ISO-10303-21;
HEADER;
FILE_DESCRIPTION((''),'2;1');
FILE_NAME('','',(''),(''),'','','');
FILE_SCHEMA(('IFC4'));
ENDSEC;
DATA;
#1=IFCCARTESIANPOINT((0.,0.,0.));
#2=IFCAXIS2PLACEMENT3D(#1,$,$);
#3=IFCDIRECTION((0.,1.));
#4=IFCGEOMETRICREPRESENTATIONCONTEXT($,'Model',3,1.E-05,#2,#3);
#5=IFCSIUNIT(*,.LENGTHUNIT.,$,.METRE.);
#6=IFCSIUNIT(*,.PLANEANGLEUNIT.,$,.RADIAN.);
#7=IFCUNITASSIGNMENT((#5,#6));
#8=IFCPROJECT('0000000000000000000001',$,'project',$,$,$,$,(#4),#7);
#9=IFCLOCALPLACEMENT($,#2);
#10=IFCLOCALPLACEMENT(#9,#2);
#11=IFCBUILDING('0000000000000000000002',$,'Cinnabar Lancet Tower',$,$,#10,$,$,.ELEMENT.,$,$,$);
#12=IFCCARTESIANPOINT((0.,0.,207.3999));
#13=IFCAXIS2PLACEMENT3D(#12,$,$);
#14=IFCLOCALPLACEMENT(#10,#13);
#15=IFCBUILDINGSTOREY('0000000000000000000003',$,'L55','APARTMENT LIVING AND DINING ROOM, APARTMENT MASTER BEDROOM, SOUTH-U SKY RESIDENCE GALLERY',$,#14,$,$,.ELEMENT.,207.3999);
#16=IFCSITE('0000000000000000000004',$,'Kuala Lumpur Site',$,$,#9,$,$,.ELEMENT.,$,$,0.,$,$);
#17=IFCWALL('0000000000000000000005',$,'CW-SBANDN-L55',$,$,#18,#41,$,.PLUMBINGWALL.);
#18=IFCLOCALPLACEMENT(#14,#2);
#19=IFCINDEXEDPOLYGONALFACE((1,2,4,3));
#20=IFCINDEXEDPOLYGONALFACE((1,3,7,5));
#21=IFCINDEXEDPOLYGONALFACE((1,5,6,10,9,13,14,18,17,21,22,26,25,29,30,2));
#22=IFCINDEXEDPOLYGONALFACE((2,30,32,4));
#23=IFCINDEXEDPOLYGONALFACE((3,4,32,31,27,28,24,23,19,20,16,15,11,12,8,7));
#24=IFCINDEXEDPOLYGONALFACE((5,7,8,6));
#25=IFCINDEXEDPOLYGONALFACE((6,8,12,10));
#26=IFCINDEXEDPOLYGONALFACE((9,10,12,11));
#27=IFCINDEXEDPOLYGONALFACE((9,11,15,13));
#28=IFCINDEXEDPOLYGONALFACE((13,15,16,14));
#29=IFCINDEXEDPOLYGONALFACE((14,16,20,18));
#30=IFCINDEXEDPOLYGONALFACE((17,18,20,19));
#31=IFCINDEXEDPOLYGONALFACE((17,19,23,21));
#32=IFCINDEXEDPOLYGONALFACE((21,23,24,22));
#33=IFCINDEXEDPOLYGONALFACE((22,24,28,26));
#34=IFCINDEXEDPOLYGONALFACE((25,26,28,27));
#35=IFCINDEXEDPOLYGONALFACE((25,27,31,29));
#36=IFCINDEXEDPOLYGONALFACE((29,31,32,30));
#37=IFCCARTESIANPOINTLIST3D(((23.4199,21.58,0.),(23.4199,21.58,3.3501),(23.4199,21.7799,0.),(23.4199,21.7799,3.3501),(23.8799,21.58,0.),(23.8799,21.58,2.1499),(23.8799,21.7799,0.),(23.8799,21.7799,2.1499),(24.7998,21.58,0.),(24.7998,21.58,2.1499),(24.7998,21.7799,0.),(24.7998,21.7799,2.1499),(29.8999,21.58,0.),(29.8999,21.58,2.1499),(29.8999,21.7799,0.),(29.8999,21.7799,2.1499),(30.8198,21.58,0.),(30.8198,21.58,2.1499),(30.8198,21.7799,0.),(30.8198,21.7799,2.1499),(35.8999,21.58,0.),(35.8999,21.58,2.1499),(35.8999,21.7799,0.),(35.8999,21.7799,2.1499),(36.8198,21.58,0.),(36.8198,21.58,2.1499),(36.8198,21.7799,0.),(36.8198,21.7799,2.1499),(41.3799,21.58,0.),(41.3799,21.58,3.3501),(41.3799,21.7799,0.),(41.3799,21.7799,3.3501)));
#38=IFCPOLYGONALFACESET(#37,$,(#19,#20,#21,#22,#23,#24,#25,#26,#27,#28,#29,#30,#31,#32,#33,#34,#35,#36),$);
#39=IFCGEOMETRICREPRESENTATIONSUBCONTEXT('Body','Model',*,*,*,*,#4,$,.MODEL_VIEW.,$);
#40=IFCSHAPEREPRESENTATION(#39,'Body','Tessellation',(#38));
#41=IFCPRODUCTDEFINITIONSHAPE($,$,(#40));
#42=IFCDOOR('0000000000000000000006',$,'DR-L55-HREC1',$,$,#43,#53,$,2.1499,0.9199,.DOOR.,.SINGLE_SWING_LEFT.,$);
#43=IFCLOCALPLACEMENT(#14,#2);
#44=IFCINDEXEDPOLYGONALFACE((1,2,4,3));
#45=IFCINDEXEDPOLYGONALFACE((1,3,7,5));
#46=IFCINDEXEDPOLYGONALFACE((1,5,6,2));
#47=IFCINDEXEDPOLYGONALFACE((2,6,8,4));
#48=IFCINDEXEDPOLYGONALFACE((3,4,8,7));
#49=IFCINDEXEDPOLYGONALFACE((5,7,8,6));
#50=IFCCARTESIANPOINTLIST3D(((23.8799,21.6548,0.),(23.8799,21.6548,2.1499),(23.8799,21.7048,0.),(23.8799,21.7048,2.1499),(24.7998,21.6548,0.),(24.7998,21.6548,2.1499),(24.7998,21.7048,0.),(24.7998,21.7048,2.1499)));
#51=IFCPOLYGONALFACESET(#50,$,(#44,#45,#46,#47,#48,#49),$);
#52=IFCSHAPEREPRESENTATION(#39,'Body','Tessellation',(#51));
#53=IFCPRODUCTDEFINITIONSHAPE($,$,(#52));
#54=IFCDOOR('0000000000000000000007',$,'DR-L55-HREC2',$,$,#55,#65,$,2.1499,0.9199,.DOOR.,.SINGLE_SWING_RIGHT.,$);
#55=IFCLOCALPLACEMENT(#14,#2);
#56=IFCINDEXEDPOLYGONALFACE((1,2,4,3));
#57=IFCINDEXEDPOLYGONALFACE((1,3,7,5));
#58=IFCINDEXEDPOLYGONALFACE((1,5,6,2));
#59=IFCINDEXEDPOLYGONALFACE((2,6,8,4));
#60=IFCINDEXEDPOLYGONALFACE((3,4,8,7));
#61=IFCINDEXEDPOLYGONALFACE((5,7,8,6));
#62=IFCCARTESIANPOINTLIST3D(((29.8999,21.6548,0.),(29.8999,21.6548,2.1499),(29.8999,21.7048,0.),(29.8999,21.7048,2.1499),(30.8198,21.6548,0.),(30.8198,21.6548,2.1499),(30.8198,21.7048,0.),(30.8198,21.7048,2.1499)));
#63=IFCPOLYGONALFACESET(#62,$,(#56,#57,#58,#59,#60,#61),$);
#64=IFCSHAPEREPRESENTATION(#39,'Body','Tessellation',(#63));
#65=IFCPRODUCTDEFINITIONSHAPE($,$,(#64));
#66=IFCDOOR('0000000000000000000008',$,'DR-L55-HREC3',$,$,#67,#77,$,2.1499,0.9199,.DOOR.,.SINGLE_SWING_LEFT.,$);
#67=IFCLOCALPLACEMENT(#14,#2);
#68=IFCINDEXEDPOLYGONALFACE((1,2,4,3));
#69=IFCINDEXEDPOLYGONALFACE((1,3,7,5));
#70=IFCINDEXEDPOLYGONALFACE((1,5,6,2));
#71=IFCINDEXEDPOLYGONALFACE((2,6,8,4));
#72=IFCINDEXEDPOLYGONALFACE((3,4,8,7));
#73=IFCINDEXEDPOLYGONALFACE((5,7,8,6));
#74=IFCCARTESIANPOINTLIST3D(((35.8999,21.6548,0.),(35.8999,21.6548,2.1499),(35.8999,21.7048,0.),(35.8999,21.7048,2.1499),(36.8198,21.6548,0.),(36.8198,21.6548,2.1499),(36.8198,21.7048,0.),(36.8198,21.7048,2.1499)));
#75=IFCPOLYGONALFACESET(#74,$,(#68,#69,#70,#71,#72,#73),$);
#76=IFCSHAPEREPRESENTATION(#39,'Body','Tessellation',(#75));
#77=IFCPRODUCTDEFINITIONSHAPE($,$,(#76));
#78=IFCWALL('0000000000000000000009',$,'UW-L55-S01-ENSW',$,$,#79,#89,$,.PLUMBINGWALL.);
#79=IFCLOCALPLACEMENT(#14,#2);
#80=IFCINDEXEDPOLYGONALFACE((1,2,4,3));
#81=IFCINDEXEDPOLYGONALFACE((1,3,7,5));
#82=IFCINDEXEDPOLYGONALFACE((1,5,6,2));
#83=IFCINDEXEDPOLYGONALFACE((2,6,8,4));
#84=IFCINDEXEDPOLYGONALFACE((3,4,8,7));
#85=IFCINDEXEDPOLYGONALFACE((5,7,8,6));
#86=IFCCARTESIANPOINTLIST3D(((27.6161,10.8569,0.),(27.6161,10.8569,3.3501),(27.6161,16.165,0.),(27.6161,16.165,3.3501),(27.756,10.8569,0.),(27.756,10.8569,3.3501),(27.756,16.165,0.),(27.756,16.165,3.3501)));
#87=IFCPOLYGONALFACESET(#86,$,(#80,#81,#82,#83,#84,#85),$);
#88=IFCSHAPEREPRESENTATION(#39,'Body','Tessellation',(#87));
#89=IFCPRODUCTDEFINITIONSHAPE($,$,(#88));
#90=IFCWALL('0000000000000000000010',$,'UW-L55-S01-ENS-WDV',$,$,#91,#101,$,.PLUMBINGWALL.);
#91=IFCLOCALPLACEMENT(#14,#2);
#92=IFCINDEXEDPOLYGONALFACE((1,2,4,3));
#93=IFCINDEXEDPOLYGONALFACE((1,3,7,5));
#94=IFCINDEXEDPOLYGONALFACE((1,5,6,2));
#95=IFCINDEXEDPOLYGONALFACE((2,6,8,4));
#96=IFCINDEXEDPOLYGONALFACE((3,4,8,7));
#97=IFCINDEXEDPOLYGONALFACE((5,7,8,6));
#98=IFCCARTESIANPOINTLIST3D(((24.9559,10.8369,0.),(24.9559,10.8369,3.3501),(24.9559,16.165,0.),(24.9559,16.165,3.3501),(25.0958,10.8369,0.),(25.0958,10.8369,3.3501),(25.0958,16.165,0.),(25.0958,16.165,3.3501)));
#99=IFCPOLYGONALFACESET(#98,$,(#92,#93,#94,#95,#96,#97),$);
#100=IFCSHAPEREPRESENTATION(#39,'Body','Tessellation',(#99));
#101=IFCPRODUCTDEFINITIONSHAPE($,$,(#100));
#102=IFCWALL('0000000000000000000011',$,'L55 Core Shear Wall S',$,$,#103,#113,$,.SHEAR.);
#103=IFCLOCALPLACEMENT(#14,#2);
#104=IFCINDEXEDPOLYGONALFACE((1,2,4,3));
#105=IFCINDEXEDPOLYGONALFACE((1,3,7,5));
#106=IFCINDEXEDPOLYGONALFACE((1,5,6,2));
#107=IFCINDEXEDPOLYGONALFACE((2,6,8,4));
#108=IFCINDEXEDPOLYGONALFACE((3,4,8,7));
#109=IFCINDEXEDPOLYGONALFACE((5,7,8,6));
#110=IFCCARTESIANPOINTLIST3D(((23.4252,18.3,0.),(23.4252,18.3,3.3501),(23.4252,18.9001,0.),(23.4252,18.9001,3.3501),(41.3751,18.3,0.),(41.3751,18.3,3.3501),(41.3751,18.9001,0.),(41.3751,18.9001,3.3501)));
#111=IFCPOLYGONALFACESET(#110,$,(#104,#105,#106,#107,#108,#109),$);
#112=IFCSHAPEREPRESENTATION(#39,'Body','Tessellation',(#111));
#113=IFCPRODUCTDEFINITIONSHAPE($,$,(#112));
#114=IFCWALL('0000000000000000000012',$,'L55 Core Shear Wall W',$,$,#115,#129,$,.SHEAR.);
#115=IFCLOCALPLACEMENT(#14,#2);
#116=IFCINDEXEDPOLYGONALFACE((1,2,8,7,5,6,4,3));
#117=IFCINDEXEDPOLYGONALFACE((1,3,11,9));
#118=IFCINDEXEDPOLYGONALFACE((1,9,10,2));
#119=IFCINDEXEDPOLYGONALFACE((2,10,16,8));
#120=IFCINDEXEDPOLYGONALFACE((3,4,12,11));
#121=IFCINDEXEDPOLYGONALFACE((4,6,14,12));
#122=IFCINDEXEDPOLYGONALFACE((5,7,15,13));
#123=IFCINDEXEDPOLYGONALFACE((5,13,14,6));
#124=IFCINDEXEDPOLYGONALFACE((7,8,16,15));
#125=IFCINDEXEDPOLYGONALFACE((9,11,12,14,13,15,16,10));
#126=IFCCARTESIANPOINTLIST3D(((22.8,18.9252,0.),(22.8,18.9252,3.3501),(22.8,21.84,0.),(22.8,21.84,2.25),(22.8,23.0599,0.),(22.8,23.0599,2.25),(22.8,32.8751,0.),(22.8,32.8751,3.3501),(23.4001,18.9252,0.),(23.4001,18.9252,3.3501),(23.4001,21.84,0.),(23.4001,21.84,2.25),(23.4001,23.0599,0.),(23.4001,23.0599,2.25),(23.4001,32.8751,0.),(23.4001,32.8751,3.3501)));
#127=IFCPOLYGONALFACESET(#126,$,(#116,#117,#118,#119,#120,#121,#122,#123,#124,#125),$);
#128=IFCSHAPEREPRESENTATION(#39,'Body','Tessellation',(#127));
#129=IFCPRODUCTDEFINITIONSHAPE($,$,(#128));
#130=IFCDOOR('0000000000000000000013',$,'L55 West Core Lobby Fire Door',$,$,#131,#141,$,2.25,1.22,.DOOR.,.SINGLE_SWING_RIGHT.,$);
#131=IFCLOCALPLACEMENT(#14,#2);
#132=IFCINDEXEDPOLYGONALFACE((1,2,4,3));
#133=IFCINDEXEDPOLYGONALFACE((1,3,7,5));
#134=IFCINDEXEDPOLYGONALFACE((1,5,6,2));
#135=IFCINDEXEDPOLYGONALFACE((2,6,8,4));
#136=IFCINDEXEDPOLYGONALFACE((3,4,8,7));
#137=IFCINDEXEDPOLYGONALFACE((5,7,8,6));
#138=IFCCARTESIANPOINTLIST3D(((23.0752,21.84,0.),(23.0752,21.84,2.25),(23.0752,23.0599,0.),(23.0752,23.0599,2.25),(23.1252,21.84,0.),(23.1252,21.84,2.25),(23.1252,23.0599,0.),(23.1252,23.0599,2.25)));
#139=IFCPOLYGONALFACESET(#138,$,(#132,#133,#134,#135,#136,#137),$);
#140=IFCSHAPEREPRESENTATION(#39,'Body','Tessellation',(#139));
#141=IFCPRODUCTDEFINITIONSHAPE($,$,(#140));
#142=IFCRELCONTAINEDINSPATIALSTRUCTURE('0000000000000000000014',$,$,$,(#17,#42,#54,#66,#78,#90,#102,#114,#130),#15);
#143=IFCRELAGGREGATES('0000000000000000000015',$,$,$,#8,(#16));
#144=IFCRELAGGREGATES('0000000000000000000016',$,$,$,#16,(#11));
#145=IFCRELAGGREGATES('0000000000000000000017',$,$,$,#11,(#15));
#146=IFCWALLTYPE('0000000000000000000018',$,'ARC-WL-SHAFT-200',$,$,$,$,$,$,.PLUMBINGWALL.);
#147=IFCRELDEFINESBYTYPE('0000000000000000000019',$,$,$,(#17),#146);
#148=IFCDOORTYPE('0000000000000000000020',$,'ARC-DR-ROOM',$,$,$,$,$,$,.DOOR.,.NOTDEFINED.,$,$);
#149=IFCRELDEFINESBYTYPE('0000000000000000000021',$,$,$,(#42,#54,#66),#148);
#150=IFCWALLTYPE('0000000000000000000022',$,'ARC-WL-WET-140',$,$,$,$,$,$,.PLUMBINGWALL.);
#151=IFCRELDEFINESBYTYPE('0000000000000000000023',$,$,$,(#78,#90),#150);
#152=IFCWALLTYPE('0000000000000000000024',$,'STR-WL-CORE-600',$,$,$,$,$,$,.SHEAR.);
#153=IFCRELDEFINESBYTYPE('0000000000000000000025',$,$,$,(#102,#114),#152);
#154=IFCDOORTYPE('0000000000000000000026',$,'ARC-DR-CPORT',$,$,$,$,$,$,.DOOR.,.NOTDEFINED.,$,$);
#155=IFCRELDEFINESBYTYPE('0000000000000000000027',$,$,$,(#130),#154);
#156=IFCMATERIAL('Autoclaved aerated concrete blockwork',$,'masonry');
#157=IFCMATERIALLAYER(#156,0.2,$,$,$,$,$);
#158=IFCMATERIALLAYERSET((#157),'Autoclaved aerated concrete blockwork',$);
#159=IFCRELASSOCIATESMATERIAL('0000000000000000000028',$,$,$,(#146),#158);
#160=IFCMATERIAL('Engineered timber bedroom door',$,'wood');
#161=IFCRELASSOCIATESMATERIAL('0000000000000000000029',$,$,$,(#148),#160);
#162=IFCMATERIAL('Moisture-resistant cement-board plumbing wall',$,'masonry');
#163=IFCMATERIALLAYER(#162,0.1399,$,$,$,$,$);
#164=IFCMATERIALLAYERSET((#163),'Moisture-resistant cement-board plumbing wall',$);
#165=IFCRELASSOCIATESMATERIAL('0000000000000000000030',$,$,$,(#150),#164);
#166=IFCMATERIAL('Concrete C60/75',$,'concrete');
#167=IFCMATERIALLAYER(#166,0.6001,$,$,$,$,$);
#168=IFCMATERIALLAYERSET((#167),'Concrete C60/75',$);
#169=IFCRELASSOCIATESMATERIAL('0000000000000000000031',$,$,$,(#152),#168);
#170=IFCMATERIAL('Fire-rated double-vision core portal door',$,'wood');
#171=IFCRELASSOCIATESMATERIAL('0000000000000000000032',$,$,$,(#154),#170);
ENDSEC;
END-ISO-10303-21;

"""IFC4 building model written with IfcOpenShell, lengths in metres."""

from ifc_helpers import new_model, si_unit, direction, frame, frame_2d, origin, place, context, subcontext, project, spatial, rectangle, extrude, material, layer, layer_set, type_object, element, fill, save


model = new_model("IFC4")

# Units and contexts
model_context = context("Model", 3, precision=1e-05, world=origin(), true_north=direction((0.0, 1.0)))
body_context = subcontext(model_context, "Body", "Model", "MODEL_VIEW")
ifc_project = project(units=[si_unit("LENGTHUNIT", "METRE"), si_unit("PLANEANGLEUNIT", "RADIAN")], contexts=[model_context])

# Site, building, storey
site_placement = place(None, origin())
site = spatial("IfcSite", under=ifc_project, at=site_placement, Name="Kuala Lumpur Site", CompositionType="ELEMENT", RefElevation=0.0)
building_placement = place(site_placement, origin())
building = spatial("IfcBuilding", under=site, at=building_placement, Name="Cinnabar Lancet Tower", CompositionType="ELEMENT")
storey_placement = place(building_placement, frame((0.0, 0.0, 207.3999)))
storey = spatial("IfcBuildingStorey", under=building, at=storey_placement, Name="L55", Description="APARTMENT LIVING AND DINING ROOM, APARTMENT MASTER BEDROOM, SOUTH-U SKY RESIDENCE GALLERY", CompositionType="ELEMENT", Elevation=207.3999)

# Shared definitions
ifc_material_1 = material(Name="Autoclaved aerated concrete blockwork", Category="masonry")
ifc_layer_1 = layer(ifc_material_1, 0.2)
ifc_layer_set_1 = layer_set([ifc_layer_1], Name="Autoclaved aerated concrete blockwork")
wall_type_1 = type_object("IfcWallType", Name="ARC-WL-SHAFT-200", PredefinedType="PLUMBINGWALL", material=ifc_layer_set_1)

# Wall, openings, doors
wall_1_placement = place(storey_placement, frame((23.4199, 21.6799, 0.0), z_axis=(0.0, 0.0, 1.0), x_axis=(1.0, 0.0, 0.0)))
wall_1 = element("IfcWall", 1, at=wall_1_placement, inside=storey, type_object=wall_type_1, Name="CW-SBANDN-L55", PredefinedType="PLUMBINGWALL", context=body_context, shape_type="SweptSolid", body=[
    extrude(rectangle(XDim=17.96, YDim=0.2, at=frame_2d((8.98, 0.0))), origin(), (0.0, 0.0, 1.0), 3.3501),
])
opening_1_placement = place(wall_1_placement, frame((0.46, 0.0, 0.0)))
opening_1 = element("IfcOpeningElement", 2, at=opening_1_placement, cuts=wall_1, PredefinedType="OPENING", context=body_context, shape_type="SweptSolid", body=[
    extrude(rectangle(XDim=0.9199, YDim=2.1499, at=frame_2d((0.46, 1.075))), frame((0.0, 0.1099, 0.0), z_axis=(0.0, -1.0, 0.0), x_axis=(1.0, 0.0, 0.0)), (0.0, 0.0, 1.0), 0.22),
])
opening_2_placement = place(wall_1_placement, frame((6.48, 0.0, 0.0)))
opening_2 = element("IfcOpeningElement", 3, at=opening_2_placement, cuts=wall_1, PredefinedType="OPENING", context=body_context, shape_type="SweptSolid", body=[
    extrude(rectangle(XDim=0.9199, YDim=2.1499, at=frame_2d((0.46, 1.075))), frame((0.0, 0.1099, 0.0), z_axis=(0.0, -1.0, 0.0), x_axis=(1.0, 0.0, 0.0)), (0.0, 0.0, 1.0), 0.22),
])
opening_3_placement = place(wall_1_placement, frame((12.48, 0.0, 0.0)))
opening_3 = element("IfcOpeningElement", 4, at=opening_3_placement, cuts=wall_1, PredefinedType="OPENING", context=body_context, shape_type="SweptSolid", body=[
    extrude(rectangle(XDim=0.9199, YDim=2.1499, at=frame_2d((0.46, 1.075))), frame((0.0, 0.1099, 0.0), z_axis=(0.0, -1.0, 0.0), x_axis=(1.0, 0.0, 0.0)), (0.0, 0.0, 1.0), 0.22),
])
ifc_material_2 = material(Name="Engineered timber bedroom door", Category="wood")
door_type_1 = type_object("IfcDoorType", Name="ARC-DR-ROOM", OperationType="NOTDEFINED", PredefinedType="DOOR", material=ifc_material_2)
door_1_placement = place(opening_1_placement, origin())
door_1 = element("IfcDoor", 5, at=door_1_placement, inside=storey, type_object=door_type_1, Name="DR-L55-HREC1", OperationType="SINGLE_SWING_LEFT", OverallHeight=2.1499, OverallWidth=0.9199, PredefinedType="DOOR", context=body_context, shape_type="SweptSolid", body=[
    extrude(rectangle(XDim=0.9199, YDim=2.1499, at=frame_2d((0.46, 1.075))), frame((0.0, 0.0249, 0.0), z_axis=(0.0, -1.0, 0.0), x_axis=(1.0, 0.0, 0.0)), (0.0, 0.0, 1.0), 0.05),
])
fill(opening_1, door_1)
door_2_placement = place(opening_2_placement, origin())
door_2 = element("IfcDoor", 6, at=door_2_placement, inside=storey, type_object=door_type_1, Name="DR-L55-HREC2", OperationType="SINGLE_SWING_RIGHT", OverallHeight=2.1499, OverallWidth=0.9199, PredefinedType="DOOR", context=body_context, shape_type="SweptSolid", body=[
    extrude(rectangle(XDim=0.9199, YDim=2.1499, at=frame_2d((0.46, 1.075))), frame((0.0, 0.0249, 0.0), z_axis=(0.0, -1.0, 0.0), x_axis=(1.0, 0.0, 0.0)), (0.0, 0.0, 1.0), 0.05),
])
fill(opening_2, door_2)
door_3_placement = place(opening_3_placement, origin())
door_3 = element("IfcDoor", 7, at=door_3_placement, inside=storey, type_object=door_type_1, Name="DR-L55-HREC3", OperationType="SINGLE_SWING_LEFT", OverallHeight=2.1499, OverallWidth=0.9199, PredefinedType="DOOR", context=body_context, shape_type="SweptSolid", body=[
    extrude(rectangle(XDim=0.9199, YDim=2.1499, at=frame_2d((0.46, 1.075))), frame((0.0, 0.0249, 0.0), z_axis=(0.0, -1.0, 0.0), x_axis=(1.0, 0.0, 0.0)), (0.0, 0.0, 1.0), 0.05),
])
fill(opening_3, door_3)

# Walls
ifc_material_3 = material(Name="Moisture-resistant cement-board plumbing wall", Category="masonry")
ifc_layer_2 = layer(ifc_material_3, 0.1399)
ifc_layer_set_2 = layer_set([ifc_layer_2], Name="Moisture-resistant cement-board plumbing wall")
wall_type_2 = type_object("IfcWallType", Name="ARC-WL-WET-140", PredefinedType="PLUMBINGWALL", material=ifc_layer_set_2)
wall_2_placement = place(storey_placement, frame((27.686, 10.8569, 0.0), z_axis=(0.0, 0.0, 1.0), x_axis=(0.0, 1.0, 0.0)))
element("IfcWall", 8, at=wall_2_placement, inside=storey, type_object=wall_type_2, Name="UW-L55-S01-ENSW", PredefinedType="PLUMBINGWALL", context=body_context, shape_type="SweptSolid", body=[
    extrude(rectangle(XDim=5.3081, YDim=0.1399, at=frame_2d((2.6541, 0.0))), origin(), (0.0, 0.0, 1.0), 3.3501),
])
wall_3_placement = place(storey_placement, frame((25.0259, 10.8369, 0.0), z_axis=(0.0, 0.0, 1.0), x_axis=(0.0, 1.0, 0.0)))
element("IfcWall", 9, at=wall_3_placement, inside=storey, type_object=wall_type_2, Name="UW-L55-S01-ENS-WDV", PredefinedType="PLUMBINGWALL", context=body_context, shape_type="SweptSolid", body=[
    extrude(rectangle(XDim=5.3281, YDim=0.1399, at=frame_2d((2.6641, 0.0))), origin(), (0.0, 0.0, 1.0), 3.3501),
])
ifc_material_4 = material(Name="Concrete C60/75", Category="concrete")
ifc_layer_3 = layer(ifc_material_4, 0.6001)
ifc_layer_set_3 = layer_set([ifc_layer_3], Name="Concrete C60/75")
wall_type_3 = type_object("IfcWallType", Name="STR-WL-CORE-600", PredefinedType="SHEAR", material=ifc_layer_set_3)
wall_4_placement = place(storey_placement, frame((23.425, 18.6001, 0.0), z_axis=(0.0, 0.0, 1.0), x_axis=(1.0, 0.0, 0.0)))
element("IfcWall", 10, at=wall_4_placement, inside=storey, type_object=wall_type_3, Name="L55 Core Shear Wall S", PredefinedType="SHEAR", context=body_context, shape_type="SweptSolid", body=[
    extrude(rectangle(XDim=17.95, YDim=0.6001, at=frame_2d((8.9751, 0.0))), origin(), (0.0, 0.0, 1.0), 3.3501),
])

# Wall, opening, door
wall_5_placement = place(storey_placement, frame((23.1001, 18.925, 0.0), z_axis=(0.0, 0.0, 1.0), x_axis=(0.0, 1.0, 0.0)))
wall_5 = element("IfcWall", 11, at=wall_5_placement, inside=storey, type_object=wall_type_3, Name="L55 Core Shear Wall W", PredefinedType="SHEAR", context=body_context, shape_type="SweptSolid", body=[
    extrude(rectangle(XDim=13.95, YDim=0.6001, at=frame_2d((6.9751, 0.0))), origin(), (0.0, 0.0, 1.0), 3.3501),
])
opening_4_placement = place(wall_5_placement, frame((2.915, 0.0, 0.0)))
opening_4 = element("IfcOpeningElement", 12, at=opening_4_placement, cuts=wall_5, PredefinedType="OPENING", context=body_context, shape_type="SweptSolid", body=[
    extrude(rectangle(XDim=1.22, YDim=2.25, at=frame_2d((0.6099, 1.125))), frame((0.0, 0.3101, 0.0), z_axis=(0.0, -1.0, 0.0), x_axis=(1.0, 0.0, 0.0)), (0.0, 0.0, 1.0), 0.6201),
])
ifc_material_5 = material(Name="Fire-rated double-vision core portal door", Category="wood")
door_type_2 = type_object("IfcDoorType", Name="ARC-DR-CPORT", OperationType="NOTDEFINED", PredefinedType="DOOR", material=ifc_material_5)
door_4_placement = place(opening_4_placement, origin())
door_4 = element("IfcDoor", 13, at=door_4_placement, inside=storey, type_object=door_type_2, Name="L55 West Core Lobby Fire Door", OperationType="SINGLE_SWING_RIGHT", OverallHeight=2.25, OverallWidth=1.22, PredefinedType="DOOR", context=body_context, shape_type="SweptSolid", body=[
    extrude(rectangle(XDim=1.22, YDim=2.25, at=frame_2d((0.6099, 1.125))), frame((0.0, 0.0249, 0.0), z_axis=(0.0, -1.0, 0.0), x_axis=(1.0, 0.0, 0.0)), (0.0, 0.0, 1.0), 0.05),
])
fill(opening_4, door_4)

save(model, "model.ifc")
